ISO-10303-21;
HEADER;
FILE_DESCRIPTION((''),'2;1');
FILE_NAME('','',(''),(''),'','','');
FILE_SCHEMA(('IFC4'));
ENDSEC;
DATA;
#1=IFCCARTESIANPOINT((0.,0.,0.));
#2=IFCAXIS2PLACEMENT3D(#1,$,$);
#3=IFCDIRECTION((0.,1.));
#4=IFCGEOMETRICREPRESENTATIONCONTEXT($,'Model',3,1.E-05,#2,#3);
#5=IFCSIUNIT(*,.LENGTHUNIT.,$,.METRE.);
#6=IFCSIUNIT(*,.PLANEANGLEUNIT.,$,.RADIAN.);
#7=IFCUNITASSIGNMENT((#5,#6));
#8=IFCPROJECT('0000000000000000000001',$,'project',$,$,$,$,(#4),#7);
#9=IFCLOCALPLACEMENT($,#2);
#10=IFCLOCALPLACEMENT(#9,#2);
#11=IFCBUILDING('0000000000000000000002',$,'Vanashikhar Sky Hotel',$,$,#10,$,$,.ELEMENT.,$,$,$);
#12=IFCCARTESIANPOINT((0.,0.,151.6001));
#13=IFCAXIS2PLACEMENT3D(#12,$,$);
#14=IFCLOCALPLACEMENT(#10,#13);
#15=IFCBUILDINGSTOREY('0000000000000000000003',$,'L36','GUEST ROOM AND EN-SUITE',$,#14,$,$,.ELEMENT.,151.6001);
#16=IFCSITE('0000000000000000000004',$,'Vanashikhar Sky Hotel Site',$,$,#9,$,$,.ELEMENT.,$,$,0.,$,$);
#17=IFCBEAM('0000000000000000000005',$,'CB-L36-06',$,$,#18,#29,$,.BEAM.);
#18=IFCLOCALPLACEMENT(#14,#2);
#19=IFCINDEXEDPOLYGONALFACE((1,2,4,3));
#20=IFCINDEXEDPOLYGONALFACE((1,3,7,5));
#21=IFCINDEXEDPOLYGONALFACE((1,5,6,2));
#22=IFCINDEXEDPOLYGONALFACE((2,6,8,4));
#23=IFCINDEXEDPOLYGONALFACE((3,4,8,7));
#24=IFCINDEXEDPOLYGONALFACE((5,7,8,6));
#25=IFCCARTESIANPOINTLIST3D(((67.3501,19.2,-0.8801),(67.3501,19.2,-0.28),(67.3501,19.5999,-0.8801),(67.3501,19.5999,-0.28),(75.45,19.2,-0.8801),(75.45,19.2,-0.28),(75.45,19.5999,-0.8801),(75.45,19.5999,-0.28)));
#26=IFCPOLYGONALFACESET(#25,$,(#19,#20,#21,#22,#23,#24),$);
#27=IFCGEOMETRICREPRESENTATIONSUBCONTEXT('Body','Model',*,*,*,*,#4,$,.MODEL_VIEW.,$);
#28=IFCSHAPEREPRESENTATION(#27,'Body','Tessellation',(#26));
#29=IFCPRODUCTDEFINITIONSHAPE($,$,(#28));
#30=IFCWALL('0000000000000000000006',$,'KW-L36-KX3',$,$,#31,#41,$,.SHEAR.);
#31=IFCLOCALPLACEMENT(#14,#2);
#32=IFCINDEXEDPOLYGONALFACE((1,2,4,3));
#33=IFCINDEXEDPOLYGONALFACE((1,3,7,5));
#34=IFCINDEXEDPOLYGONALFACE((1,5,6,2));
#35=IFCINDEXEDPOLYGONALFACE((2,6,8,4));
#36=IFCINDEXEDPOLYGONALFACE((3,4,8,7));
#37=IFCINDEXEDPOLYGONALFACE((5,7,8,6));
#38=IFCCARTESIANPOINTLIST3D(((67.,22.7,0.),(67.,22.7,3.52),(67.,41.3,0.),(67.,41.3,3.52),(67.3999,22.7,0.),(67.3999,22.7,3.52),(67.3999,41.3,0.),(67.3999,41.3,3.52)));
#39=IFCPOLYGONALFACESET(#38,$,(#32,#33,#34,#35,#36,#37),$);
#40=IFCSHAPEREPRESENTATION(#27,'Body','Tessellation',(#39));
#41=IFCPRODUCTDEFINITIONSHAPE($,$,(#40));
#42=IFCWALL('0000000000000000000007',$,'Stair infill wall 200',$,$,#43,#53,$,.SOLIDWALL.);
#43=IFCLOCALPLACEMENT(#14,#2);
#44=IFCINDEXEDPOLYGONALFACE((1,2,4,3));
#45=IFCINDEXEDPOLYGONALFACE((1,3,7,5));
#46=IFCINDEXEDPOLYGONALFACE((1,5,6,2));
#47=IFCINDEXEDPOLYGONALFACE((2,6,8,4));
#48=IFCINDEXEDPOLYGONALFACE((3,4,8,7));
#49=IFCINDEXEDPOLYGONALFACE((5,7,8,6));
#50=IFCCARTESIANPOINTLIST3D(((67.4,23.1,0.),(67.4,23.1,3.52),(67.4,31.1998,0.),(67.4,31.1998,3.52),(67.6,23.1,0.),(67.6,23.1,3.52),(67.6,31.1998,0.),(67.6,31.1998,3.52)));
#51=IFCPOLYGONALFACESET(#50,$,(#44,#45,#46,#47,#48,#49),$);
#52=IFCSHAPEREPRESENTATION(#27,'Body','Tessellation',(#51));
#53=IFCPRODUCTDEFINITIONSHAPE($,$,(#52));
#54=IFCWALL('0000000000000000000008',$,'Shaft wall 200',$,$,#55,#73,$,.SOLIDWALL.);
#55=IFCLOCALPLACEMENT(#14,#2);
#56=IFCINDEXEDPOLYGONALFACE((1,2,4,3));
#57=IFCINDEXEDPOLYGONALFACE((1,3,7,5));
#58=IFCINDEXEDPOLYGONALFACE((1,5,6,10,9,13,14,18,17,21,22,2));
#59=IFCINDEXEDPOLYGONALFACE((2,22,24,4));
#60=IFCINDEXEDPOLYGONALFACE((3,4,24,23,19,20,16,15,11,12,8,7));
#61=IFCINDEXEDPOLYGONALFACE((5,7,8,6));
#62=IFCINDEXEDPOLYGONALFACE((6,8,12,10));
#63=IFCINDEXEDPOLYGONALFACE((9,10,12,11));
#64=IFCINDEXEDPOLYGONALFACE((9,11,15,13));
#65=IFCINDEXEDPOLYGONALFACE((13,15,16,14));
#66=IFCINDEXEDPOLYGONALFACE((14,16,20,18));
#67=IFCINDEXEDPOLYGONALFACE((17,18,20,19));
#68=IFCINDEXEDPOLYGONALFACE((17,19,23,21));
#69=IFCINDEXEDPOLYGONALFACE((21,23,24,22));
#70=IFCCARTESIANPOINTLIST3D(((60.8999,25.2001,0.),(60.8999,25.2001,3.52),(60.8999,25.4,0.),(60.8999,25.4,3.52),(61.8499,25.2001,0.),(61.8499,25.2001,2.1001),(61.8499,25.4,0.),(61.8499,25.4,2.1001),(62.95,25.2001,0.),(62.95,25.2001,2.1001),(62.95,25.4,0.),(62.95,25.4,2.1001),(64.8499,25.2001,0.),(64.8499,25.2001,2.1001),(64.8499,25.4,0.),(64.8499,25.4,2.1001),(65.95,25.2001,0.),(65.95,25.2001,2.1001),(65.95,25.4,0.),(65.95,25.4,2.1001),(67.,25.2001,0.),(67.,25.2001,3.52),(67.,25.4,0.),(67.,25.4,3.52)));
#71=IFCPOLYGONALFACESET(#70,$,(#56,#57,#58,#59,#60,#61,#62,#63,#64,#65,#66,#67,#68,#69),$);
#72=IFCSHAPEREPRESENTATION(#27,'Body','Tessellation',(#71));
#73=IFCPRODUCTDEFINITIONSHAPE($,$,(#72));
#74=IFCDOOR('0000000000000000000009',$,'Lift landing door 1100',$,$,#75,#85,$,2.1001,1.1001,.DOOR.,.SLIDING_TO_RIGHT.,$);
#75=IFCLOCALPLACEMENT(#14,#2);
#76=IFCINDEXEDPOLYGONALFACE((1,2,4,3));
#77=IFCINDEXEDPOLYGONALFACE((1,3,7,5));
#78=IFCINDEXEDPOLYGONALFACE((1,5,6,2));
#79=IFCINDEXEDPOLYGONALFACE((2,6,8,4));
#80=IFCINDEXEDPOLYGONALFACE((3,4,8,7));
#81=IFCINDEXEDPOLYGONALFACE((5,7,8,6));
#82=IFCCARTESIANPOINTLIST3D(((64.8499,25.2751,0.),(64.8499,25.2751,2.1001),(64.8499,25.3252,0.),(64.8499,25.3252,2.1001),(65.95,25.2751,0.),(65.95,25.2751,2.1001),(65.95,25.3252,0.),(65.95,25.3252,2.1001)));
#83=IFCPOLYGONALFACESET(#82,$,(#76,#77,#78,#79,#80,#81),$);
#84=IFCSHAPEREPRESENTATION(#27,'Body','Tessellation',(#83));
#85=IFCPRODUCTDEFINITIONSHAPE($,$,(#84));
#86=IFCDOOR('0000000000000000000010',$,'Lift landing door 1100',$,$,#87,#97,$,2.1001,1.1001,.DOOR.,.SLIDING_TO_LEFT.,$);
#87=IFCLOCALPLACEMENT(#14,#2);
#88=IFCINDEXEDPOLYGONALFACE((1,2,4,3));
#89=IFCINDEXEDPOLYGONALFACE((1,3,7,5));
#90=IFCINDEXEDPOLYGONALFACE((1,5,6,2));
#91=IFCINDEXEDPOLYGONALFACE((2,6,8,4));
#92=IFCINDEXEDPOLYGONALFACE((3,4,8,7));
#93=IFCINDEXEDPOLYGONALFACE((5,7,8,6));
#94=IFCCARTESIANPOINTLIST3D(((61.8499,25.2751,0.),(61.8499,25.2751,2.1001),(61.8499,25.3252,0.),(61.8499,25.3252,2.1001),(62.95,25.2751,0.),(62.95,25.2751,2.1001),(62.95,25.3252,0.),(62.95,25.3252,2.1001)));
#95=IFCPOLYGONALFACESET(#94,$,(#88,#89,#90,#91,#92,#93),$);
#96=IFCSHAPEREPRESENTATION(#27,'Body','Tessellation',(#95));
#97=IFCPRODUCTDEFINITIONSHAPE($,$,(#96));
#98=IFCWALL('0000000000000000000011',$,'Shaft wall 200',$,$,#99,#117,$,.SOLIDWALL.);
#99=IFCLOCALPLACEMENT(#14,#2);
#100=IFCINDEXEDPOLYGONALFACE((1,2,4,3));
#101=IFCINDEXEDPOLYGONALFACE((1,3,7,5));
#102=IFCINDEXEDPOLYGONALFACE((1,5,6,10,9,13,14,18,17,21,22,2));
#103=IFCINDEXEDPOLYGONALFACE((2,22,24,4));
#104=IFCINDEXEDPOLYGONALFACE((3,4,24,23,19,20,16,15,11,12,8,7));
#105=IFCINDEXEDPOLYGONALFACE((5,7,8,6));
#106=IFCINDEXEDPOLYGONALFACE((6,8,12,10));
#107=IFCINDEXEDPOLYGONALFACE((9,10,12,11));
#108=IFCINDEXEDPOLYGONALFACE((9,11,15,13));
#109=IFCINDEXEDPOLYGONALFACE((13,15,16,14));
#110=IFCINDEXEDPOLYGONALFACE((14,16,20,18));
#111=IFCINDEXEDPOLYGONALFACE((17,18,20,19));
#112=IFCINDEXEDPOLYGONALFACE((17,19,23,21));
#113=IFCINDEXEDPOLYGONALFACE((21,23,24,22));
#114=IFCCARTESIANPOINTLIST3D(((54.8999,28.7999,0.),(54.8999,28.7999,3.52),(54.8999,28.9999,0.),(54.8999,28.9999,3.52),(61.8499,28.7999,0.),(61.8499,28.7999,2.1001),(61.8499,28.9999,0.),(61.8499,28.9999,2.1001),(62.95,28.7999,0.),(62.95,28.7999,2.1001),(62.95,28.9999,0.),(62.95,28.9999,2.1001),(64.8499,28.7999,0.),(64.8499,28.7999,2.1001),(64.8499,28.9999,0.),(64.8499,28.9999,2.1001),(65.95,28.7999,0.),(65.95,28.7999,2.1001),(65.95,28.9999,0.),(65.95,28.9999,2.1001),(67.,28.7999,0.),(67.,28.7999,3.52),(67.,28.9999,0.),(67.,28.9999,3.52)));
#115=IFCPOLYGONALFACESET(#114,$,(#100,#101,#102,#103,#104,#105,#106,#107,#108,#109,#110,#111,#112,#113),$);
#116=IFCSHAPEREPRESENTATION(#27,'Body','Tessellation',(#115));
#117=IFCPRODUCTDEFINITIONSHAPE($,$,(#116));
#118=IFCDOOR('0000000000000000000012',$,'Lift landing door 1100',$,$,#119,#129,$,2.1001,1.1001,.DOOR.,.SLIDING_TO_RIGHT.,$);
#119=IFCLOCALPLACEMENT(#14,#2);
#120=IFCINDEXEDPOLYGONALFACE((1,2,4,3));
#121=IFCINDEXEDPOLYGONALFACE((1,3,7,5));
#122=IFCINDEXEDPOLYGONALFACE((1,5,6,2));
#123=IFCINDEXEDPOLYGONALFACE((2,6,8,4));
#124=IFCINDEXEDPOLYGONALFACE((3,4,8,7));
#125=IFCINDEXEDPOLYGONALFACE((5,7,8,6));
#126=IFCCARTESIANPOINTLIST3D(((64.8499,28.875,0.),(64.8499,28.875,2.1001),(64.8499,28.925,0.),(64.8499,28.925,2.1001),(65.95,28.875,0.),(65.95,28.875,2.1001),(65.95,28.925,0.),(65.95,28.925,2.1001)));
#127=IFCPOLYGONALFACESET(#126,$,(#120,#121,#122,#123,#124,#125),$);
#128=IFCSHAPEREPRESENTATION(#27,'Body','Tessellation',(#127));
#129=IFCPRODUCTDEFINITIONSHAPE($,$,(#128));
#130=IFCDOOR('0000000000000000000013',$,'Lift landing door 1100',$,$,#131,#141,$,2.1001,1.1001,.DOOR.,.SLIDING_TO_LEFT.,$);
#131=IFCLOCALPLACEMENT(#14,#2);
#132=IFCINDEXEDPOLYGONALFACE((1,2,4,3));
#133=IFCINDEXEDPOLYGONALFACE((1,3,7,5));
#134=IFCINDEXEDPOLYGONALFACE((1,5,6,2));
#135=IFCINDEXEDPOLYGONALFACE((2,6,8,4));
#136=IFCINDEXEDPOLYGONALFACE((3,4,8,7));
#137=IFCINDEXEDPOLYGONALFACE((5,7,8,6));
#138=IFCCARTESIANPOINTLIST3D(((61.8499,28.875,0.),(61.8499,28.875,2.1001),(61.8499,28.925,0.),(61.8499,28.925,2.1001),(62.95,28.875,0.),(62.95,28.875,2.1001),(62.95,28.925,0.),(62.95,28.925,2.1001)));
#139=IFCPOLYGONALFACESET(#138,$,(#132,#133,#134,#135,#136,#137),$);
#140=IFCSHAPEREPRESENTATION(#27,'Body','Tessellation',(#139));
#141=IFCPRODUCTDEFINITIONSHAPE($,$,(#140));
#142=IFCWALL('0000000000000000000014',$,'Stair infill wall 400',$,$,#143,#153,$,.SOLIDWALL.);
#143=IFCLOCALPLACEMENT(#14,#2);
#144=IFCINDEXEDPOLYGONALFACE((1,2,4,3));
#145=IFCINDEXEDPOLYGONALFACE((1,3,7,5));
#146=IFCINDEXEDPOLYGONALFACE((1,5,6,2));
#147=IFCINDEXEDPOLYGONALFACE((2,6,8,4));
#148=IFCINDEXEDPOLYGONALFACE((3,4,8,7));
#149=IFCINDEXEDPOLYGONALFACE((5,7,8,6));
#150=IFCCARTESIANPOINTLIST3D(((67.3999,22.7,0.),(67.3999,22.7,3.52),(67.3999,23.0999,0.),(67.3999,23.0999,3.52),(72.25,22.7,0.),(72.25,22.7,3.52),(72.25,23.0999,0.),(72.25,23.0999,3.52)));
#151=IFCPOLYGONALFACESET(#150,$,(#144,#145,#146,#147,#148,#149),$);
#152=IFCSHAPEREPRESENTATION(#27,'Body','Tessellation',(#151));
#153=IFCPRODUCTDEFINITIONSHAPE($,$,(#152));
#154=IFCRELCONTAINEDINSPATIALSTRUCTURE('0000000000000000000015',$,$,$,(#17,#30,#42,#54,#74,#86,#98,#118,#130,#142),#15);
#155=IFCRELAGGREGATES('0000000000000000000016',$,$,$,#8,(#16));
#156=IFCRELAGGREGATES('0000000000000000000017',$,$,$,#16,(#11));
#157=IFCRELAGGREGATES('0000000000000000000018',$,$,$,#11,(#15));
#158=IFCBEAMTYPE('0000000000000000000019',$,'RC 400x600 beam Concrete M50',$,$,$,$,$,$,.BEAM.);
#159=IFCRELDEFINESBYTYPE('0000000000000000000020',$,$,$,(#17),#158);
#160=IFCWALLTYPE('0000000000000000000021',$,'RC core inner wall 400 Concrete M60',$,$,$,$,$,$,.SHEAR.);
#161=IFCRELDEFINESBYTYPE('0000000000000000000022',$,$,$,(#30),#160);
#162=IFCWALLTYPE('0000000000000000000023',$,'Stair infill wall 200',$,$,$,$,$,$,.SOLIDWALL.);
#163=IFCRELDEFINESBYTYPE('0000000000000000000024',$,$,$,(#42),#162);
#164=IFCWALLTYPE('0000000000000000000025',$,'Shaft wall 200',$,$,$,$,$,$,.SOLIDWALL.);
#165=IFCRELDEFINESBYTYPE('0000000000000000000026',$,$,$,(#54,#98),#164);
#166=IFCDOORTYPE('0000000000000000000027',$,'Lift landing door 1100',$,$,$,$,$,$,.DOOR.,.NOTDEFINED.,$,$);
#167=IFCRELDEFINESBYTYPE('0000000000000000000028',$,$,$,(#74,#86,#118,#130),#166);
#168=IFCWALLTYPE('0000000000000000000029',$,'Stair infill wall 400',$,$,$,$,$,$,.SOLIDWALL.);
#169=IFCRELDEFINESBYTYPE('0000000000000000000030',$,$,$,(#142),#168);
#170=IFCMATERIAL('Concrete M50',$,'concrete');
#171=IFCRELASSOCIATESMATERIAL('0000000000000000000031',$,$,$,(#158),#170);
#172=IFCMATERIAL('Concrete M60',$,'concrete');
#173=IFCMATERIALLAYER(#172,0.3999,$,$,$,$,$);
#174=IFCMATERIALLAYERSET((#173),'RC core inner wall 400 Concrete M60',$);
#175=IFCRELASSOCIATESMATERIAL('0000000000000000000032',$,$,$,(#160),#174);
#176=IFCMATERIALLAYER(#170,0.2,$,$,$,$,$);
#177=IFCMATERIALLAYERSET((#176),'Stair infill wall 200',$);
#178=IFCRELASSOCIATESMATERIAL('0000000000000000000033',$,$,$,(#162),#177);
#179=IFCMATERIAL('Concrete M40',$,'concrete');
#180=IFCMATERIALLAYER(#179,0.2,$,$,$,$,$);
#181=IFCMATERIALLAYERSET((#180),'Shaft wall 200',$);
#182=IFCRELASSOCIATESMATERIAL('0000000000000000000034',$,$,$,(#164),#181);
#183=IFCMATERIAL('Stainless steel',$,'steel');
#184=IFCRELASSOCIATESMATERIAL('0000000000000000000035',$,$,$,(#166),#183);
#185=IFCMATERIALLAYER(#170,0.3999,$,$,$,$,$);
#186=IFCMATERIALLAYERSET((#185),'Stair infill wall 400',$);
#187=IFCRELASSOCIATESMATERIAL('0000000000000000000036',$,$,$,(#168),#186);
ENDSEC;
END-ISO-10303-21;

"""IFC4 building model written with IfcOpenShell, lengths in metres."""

from ifc_helpers import new_model, si_unit, direction, frame, frame_2d, origin, origin_2d, place, context, subcontext, project, spatial, rectangle, extrude, source, transform, mapped, material, layer, layer_set, material_profile, profile_set, type_object, element, fill, save


model = new_model("IFC4")

# Units and contexts
model_context = context("Model", 3, precision=1e-05, world=origin(), true_north=direction((0.0, 1.0)))
body_context = subcontext(model_context, "Body", "Model", "MODEL_VIEW")
ifc_project = project(units=[si_unit("LENGTHUNIT", "METRE"), si_unit("PLANEANGLEUNIT", "RADIAN")], contexts=[model_context])

# Site, building, storey
site_placement = place(None, origin())
site = spatial("IfcSite", under=ifc_project, at=site_placement, Name="Vanashikhar Sky Hotel Site", CompositionType="ELEMENT", RefElevation=0.0)
building_placement = place(site_placement, origin())
building = spatial("IfcBuilding", under=site, at=building_placement, Name="Vanashikhar Sky Hotel", CompositionType="ELEMENT")
storey_placement = place(building_placement, frame((0.0, 0.0, 151.6001)))
storey = spatial("IfcBuildingStorey", under=building, at=storey_placement, Name="L36", Description="GUEST ROOM AND EN-SUITE", CompositionType="ELEMENT", Elevation=151.6001)

# Beam
ifc_material_1 = material(Name="Concrete M50", Category="concrete")
ifc_material_profile = material_profile(ifc_material_1, rectangle(XDim=0.3999, YDim=0.6001, at=origin_2d()))
ifc_profile_set = profile_set([ifc_material_profile], Name="RC 400x600 beam Concrete M50")
beam_type = type_object("IfcBeamType", Name="RC 400x600 beam Concrete M50", PredefinedType="BEAM", material=ifc_profile_set)
shared_shape_1 = source(origin(), body_context, "Body", "SweptSolid", [
    extrude(rectangle(XDim=0.3999, YDim=0.6001, at=origin_2d()), origin(), (0.0, 0.0, 1.0), 8.0999),
])
beam_placement = place(storey_placement, frame((67.3501, 19.3999, -0.5801), z_axis=(1.0, 0.0, 0.0), x_axis=(0.0, 1.0, 0.0)))
element("IfcBeam", 1, at=beam_placement, inside=storey, type_object=beam_type, Name="CB-L36-06", PredefinedType="BEAM", context=body_context, shape_type="MappedRepresentation", body=[
    mapped(shared_shape_1, transform((0.0, 0.0, 0.0), scale=1.0)),
])

# Walls
ifc_material_2 = material(Name="Concrete M60", Category="concrete")
ifc_layer_1 = layer(ifc_material_2, 0.3999)
ifc_layer_set_1 = layer_set([ifc_layer_1], Name="RC core inner wall 400 Concrete M60")
wall_type_1 = type_object("IfcWallType", Name="RC core inner wall 400 Concrete M60", PredefinedType="SHEAR", material=ifc_layer_set_1)
shared_shape_2 = source(origin(), body_context, "Body", "SweptSolid", [
    extrude(rectangle(XDim=18.6001, YDim=0.3999, at=frame_2d((9.3, 0.0))), origin(), (0.0, 0.0, 1.0), 3.52),
])
wall_1_placement = place(storey_placement, frame((67.2, 22.7, 0.0), z_axis=(0.0, 0.0, 1.0), x_axis=(0.0, 1.0, 0.0)))
element("IfcWall", 2, at=wall_1_placement, inside=storey, type_object=wall_type_1, Name="KW-L36-KX3", PredefinedType="SHEAR", context=body_context, shape_type="MappedRepresentation", body=[
    mapped(shared_shape_2, transform((0.0, 0.0, 0.0), scale=1.0)),
])
ifc_layer_2 = layer(ifc_material_1, 0.2)
ifc_layer_set_2 = layer_set([ifc_layer_2], Name="Stair infill wall 200")
wall_type_2 = type_object("IfcWallType", Name="Stair infill wall 200", PredefinedType="SOLIDWALL", material=ifc_layer_set_2)
shared_shape_3 = source(origin(), body_context, "Body", "SweptSolid", [
    extrude(rectangle(XDim=8.0999, YDim=0.2, at=frame_2d((4.0498, 0.0))), origin(), (0.0, 0.0, 1.0), 3.52),
])
wall_2_placement = place(storey_placement, frame((67.5, 23.1001, 0.0), z_axis=(0.0, 0.0, 1.0), x_axis=(0.0, 1.0, 0.0)))
element("IfcWall", 3, at=wall_2_placement, inside=storey, type_object=wall_type_2, Name="Stair infill wall 200", PredefinedType="SOLIDWALL", context=body_context, shape_type="MappedRepresentation", body=[
    mapped(shared_shape_3, transform((0.0, 0.0, 0.0), scale=1.0)),
])

# Walls, openings, doors
ifc_material_3 = material(Name="Concrete M40", Category="concrete")
ifc_layer_3 = layer(ifc_material_3, 0.2)
ifc_layer_set_3 = layer_set([ifc_layer_3], Name="Shaft wall 200")
wall_type_3 = type_object("IfcWallType", Name="Shaft wall 200", PredefinedType="SOLIDWALL", material=ifc_layer_set_3)
shared_shape_4 = source(origin(), body_context, "Body", "SweptSolid", [
    extrude(rectangle(XDim=6.1001, YDim=0.2, at=frame_2d((3.05, 0.0))), origin(), (0.0, 0.0, 1.0), 3.52),
])
wall_3_placement = place(storey_placement, frame((67.0, 25.3, 0.0), z_axis=(0.0, 0.0, 1.0), x_axis=(-1.0, 0.0, 0.0)))
wall_3 = element("IfcWall", 4, at=wall_3_placement, inside=storey, type_object=wall_type_3, Name="Shaft wall 200", PredefinedType="SOLIDWALL", context=body_context, shape_type="MappedRepresentation", body=[
    mapped(shared_shape_4, transform((0.0, 0.0, 0.0), scale=1.0)),
])
shared_shape_5 = source(origin(), body_context, "Body", "SweptSolid", [
    extrude(rectangle(XDim=1.1001, YDim=2.1001, at=frame_2d((0.55, 1.05))), frame((0.0, 0.1099, 0.0), z_axis=(0.0, -1.0, 0.0), x_axis=(1.0, 0.0, 0.0)), (0.0, 0.0, 1.0), 0.22),
])
opening_1_placement = place(wall_3_placement, frame((1.05, 0.0, 0.0)))
opening_1 = element("IfcOpeningElement", 5, at=opening_1_placement, cuts=wall_3, PredefinedType="OPENING", context=body_context, shape_type="MappedRepresentation", body=[
    mapped(shared_shape_5, transform((0.0, 0.0, 0.0), scale=1.0)),
])
opening_2_placement = place(wall_3_placement, frame((4.05, 0.0, 0.0)))
opening_2 = element("IfcOpeningElement", 6, at=opening_2_placement, cuts=wall_3, PredefinedType="OPENING", context=body_context, shape_type="MappedRepresentation", body=[
    mapped(shared_shape_5, transform((0.0, 0.0, 0.0), scale=1.0)),
])
ifc_material_4 = material(Name="Stainless steel", Category="steel")
door_type_1 = type_object("IfcDoorType", Name="Lift landing door 1100", OperationType="NOTDEFINED", PredefinedType="DOOR", material=ifc_material_4)
shared_shape_6 = source(origin(), body_context, "Body", "SweptSolid", [
    extrude(rectangle(XDim=1.1001, YDim=2.1001, at=frame_2d((0.55, 1.05))), frame((0.0, 0.0249, 0.0), z_axis=(0.0, -1.0, 0.0), x_axis=(1.0, 0.0, 0.0)), (0.0, 0.0, 1.0), 0.05),
])
door_1_placement = place(opening_1_placement, origin())
door_1 = element("IfcDoor", 7, at=door_1_placement, inside=storey, type_object=door_type_1, Name="Lift landing door 1100", OperationType="SLIDING_TO_RIGHT", OverallHeight=2.1001, OverallWidth=1.1001, PredefinedType="DOOR", context=body_context, shape_type="MappedRepresentation", body=[
    mapped(shared_shape_6, transform((0.0, 0.0, 0.0), scale=1.0)),
])
fill(opening_1, door_1)
door_2_placement = place(opening_2_placement, origin())
door_2 = element("IfcDoor", 8, at=door_2_placement, inside=storey, type_object=door_type_1, Name="Lift landing door 1100", OperationType="SLIDING_TO_LEFT", OverallHeight=2.1001, OverallWidth=1.1001, PredefinedType="DOOR", context=body_context, shape_type="MappedRepresentation", body=[
    mapped(shared_shape_6, transform((0.0, 0.0, 0.0), scale=1.0)),
])
fill(opening_2, door_2)
shared_shape_7 = source(origin(), body_context, "Body", "SweptSolid", [
    extrude(rectangle(XDim=12.1001, YDim=0.2, at=frame_2d((6.05, 0.0))), origin(), (0.0, 0.0, 1.0), 3.52),
])
wall_4_placement = place(storey_placement, frame((67.0, 28.8999, 0.0), z_axis=(0.0, 0.0, 1.0), x_axis=(-1.0, 0.0, 0.0)))
wall_4 = element("IfcWall", 9, at=wall_4_placement, inside=storey, type_object=wall_type_3, Name="Shaft wall 200", PredefinedType="SOLIDWALL", context=body_context, shape_type="MappedRepresentation", body=[
    mapped(shared_shape_7, transform((0.0, 0.0, 0.0), scale=1.0)),
])
opening_3_placement = place(wall_4_placement, frame((1.05, 0.0, 0.0)))
opening_3 = element("IfcOpeningElement", 10, at=opening_3_placement, cuts=wall_4, PredefinedType="OPENING", context=body_context, shape_type="MappedRepresentation", body=[
    mapped(shared_shape_5, transform((0.0, 0.0, 0.0), scale=1.0)),
])
opening_4_placement = place(wall_4_placement, frame((4.05, 0.0, 0.0)))
opening_4 = element("IfcOpeningElement", 11, at=opening_4_placement, cuts=wall_4, PredefinedType="OPENING", context=body_context, shape_type="MappedRepresentation", body=[
    mapped(shared_shape_5, transform((0.0, 0.0, 0.0), scale=1.0)),
])
door_3_placement = place(opening_3_placement, origin())
door_3 = element("IfcDoor", 12, at=door_3_placement, inside=storey, type_object=door_type_1, Name="Lift landing door 1100", OperationType="SLIDING_TO_RIGHT", OverallHeight=2.1001, OverallWidth=1.1001, PredefinedType="DOOR", context=body_context, shape_type="MappedRepresentation", body=[
    mapped(shared_shape_6, transform((0.0, 0.0, 0.0), scale=1.0)),
])
fill(opening_3, door_3)
door_4_placement = place(opening_4_placement, origin())
door_4 = element("IfcDoor", 13, at=door_4_placement, inside=storey, type_object=door_type_1, Name="Lift landing door 1100", OperationType="SLIDING_TO_LEFT", OverallHeight=2.1001, OverallWidth=1.1001, PredefinedType="DOOR", context=body_context, shape_type="MappedRepresentation", body=[
    mapped(shared_shape_6, transform((0.0, 0.0, 0.0), scale=1.0)),
])
fill(opening_4, door_4)

# Wall
ifc_layer_4 = layer(ifc_material_1, 0.3999)
ifc_layer_set_4 = layer_set([ifc_layer_4], Name="Stair infill wall 400")
wall_type_4 = type_object("IfcWallType", Name="Stair infill wall 400", PredefinedType="SOLIDWALL", material=ifc_layer_set_4)
shared_shape_8 = source(origin(), body_context, "Body", "SweptSolid", [
    extrude(rectangle(XDim=4.8501, YDim=0.3999, at=frame_2d((2.425, 0.0))), origin(), (0.0, 0.0, 1.0), 3.52),
])
wall_5_placement = place(storey_placement, frame((67.3999, 22.8999, 0.0), z_axis=(0.0, 0.0, 1.0), x_axis=(1.0, 0.0, 0.0)))
element("IfcWall", 14, at=wall_5_placement, inside=storey, type_object=wall_type_4, Name="Stair infill wall 400", PredefinedType="SOLIDWALL", context=body_context, shape_type="MappedRepresentation", body=[
    mapped(shared_shape_8, transform((0.0, 0.0, 0.0), scale=1.0)),
])

save(model, "model.ifc")
